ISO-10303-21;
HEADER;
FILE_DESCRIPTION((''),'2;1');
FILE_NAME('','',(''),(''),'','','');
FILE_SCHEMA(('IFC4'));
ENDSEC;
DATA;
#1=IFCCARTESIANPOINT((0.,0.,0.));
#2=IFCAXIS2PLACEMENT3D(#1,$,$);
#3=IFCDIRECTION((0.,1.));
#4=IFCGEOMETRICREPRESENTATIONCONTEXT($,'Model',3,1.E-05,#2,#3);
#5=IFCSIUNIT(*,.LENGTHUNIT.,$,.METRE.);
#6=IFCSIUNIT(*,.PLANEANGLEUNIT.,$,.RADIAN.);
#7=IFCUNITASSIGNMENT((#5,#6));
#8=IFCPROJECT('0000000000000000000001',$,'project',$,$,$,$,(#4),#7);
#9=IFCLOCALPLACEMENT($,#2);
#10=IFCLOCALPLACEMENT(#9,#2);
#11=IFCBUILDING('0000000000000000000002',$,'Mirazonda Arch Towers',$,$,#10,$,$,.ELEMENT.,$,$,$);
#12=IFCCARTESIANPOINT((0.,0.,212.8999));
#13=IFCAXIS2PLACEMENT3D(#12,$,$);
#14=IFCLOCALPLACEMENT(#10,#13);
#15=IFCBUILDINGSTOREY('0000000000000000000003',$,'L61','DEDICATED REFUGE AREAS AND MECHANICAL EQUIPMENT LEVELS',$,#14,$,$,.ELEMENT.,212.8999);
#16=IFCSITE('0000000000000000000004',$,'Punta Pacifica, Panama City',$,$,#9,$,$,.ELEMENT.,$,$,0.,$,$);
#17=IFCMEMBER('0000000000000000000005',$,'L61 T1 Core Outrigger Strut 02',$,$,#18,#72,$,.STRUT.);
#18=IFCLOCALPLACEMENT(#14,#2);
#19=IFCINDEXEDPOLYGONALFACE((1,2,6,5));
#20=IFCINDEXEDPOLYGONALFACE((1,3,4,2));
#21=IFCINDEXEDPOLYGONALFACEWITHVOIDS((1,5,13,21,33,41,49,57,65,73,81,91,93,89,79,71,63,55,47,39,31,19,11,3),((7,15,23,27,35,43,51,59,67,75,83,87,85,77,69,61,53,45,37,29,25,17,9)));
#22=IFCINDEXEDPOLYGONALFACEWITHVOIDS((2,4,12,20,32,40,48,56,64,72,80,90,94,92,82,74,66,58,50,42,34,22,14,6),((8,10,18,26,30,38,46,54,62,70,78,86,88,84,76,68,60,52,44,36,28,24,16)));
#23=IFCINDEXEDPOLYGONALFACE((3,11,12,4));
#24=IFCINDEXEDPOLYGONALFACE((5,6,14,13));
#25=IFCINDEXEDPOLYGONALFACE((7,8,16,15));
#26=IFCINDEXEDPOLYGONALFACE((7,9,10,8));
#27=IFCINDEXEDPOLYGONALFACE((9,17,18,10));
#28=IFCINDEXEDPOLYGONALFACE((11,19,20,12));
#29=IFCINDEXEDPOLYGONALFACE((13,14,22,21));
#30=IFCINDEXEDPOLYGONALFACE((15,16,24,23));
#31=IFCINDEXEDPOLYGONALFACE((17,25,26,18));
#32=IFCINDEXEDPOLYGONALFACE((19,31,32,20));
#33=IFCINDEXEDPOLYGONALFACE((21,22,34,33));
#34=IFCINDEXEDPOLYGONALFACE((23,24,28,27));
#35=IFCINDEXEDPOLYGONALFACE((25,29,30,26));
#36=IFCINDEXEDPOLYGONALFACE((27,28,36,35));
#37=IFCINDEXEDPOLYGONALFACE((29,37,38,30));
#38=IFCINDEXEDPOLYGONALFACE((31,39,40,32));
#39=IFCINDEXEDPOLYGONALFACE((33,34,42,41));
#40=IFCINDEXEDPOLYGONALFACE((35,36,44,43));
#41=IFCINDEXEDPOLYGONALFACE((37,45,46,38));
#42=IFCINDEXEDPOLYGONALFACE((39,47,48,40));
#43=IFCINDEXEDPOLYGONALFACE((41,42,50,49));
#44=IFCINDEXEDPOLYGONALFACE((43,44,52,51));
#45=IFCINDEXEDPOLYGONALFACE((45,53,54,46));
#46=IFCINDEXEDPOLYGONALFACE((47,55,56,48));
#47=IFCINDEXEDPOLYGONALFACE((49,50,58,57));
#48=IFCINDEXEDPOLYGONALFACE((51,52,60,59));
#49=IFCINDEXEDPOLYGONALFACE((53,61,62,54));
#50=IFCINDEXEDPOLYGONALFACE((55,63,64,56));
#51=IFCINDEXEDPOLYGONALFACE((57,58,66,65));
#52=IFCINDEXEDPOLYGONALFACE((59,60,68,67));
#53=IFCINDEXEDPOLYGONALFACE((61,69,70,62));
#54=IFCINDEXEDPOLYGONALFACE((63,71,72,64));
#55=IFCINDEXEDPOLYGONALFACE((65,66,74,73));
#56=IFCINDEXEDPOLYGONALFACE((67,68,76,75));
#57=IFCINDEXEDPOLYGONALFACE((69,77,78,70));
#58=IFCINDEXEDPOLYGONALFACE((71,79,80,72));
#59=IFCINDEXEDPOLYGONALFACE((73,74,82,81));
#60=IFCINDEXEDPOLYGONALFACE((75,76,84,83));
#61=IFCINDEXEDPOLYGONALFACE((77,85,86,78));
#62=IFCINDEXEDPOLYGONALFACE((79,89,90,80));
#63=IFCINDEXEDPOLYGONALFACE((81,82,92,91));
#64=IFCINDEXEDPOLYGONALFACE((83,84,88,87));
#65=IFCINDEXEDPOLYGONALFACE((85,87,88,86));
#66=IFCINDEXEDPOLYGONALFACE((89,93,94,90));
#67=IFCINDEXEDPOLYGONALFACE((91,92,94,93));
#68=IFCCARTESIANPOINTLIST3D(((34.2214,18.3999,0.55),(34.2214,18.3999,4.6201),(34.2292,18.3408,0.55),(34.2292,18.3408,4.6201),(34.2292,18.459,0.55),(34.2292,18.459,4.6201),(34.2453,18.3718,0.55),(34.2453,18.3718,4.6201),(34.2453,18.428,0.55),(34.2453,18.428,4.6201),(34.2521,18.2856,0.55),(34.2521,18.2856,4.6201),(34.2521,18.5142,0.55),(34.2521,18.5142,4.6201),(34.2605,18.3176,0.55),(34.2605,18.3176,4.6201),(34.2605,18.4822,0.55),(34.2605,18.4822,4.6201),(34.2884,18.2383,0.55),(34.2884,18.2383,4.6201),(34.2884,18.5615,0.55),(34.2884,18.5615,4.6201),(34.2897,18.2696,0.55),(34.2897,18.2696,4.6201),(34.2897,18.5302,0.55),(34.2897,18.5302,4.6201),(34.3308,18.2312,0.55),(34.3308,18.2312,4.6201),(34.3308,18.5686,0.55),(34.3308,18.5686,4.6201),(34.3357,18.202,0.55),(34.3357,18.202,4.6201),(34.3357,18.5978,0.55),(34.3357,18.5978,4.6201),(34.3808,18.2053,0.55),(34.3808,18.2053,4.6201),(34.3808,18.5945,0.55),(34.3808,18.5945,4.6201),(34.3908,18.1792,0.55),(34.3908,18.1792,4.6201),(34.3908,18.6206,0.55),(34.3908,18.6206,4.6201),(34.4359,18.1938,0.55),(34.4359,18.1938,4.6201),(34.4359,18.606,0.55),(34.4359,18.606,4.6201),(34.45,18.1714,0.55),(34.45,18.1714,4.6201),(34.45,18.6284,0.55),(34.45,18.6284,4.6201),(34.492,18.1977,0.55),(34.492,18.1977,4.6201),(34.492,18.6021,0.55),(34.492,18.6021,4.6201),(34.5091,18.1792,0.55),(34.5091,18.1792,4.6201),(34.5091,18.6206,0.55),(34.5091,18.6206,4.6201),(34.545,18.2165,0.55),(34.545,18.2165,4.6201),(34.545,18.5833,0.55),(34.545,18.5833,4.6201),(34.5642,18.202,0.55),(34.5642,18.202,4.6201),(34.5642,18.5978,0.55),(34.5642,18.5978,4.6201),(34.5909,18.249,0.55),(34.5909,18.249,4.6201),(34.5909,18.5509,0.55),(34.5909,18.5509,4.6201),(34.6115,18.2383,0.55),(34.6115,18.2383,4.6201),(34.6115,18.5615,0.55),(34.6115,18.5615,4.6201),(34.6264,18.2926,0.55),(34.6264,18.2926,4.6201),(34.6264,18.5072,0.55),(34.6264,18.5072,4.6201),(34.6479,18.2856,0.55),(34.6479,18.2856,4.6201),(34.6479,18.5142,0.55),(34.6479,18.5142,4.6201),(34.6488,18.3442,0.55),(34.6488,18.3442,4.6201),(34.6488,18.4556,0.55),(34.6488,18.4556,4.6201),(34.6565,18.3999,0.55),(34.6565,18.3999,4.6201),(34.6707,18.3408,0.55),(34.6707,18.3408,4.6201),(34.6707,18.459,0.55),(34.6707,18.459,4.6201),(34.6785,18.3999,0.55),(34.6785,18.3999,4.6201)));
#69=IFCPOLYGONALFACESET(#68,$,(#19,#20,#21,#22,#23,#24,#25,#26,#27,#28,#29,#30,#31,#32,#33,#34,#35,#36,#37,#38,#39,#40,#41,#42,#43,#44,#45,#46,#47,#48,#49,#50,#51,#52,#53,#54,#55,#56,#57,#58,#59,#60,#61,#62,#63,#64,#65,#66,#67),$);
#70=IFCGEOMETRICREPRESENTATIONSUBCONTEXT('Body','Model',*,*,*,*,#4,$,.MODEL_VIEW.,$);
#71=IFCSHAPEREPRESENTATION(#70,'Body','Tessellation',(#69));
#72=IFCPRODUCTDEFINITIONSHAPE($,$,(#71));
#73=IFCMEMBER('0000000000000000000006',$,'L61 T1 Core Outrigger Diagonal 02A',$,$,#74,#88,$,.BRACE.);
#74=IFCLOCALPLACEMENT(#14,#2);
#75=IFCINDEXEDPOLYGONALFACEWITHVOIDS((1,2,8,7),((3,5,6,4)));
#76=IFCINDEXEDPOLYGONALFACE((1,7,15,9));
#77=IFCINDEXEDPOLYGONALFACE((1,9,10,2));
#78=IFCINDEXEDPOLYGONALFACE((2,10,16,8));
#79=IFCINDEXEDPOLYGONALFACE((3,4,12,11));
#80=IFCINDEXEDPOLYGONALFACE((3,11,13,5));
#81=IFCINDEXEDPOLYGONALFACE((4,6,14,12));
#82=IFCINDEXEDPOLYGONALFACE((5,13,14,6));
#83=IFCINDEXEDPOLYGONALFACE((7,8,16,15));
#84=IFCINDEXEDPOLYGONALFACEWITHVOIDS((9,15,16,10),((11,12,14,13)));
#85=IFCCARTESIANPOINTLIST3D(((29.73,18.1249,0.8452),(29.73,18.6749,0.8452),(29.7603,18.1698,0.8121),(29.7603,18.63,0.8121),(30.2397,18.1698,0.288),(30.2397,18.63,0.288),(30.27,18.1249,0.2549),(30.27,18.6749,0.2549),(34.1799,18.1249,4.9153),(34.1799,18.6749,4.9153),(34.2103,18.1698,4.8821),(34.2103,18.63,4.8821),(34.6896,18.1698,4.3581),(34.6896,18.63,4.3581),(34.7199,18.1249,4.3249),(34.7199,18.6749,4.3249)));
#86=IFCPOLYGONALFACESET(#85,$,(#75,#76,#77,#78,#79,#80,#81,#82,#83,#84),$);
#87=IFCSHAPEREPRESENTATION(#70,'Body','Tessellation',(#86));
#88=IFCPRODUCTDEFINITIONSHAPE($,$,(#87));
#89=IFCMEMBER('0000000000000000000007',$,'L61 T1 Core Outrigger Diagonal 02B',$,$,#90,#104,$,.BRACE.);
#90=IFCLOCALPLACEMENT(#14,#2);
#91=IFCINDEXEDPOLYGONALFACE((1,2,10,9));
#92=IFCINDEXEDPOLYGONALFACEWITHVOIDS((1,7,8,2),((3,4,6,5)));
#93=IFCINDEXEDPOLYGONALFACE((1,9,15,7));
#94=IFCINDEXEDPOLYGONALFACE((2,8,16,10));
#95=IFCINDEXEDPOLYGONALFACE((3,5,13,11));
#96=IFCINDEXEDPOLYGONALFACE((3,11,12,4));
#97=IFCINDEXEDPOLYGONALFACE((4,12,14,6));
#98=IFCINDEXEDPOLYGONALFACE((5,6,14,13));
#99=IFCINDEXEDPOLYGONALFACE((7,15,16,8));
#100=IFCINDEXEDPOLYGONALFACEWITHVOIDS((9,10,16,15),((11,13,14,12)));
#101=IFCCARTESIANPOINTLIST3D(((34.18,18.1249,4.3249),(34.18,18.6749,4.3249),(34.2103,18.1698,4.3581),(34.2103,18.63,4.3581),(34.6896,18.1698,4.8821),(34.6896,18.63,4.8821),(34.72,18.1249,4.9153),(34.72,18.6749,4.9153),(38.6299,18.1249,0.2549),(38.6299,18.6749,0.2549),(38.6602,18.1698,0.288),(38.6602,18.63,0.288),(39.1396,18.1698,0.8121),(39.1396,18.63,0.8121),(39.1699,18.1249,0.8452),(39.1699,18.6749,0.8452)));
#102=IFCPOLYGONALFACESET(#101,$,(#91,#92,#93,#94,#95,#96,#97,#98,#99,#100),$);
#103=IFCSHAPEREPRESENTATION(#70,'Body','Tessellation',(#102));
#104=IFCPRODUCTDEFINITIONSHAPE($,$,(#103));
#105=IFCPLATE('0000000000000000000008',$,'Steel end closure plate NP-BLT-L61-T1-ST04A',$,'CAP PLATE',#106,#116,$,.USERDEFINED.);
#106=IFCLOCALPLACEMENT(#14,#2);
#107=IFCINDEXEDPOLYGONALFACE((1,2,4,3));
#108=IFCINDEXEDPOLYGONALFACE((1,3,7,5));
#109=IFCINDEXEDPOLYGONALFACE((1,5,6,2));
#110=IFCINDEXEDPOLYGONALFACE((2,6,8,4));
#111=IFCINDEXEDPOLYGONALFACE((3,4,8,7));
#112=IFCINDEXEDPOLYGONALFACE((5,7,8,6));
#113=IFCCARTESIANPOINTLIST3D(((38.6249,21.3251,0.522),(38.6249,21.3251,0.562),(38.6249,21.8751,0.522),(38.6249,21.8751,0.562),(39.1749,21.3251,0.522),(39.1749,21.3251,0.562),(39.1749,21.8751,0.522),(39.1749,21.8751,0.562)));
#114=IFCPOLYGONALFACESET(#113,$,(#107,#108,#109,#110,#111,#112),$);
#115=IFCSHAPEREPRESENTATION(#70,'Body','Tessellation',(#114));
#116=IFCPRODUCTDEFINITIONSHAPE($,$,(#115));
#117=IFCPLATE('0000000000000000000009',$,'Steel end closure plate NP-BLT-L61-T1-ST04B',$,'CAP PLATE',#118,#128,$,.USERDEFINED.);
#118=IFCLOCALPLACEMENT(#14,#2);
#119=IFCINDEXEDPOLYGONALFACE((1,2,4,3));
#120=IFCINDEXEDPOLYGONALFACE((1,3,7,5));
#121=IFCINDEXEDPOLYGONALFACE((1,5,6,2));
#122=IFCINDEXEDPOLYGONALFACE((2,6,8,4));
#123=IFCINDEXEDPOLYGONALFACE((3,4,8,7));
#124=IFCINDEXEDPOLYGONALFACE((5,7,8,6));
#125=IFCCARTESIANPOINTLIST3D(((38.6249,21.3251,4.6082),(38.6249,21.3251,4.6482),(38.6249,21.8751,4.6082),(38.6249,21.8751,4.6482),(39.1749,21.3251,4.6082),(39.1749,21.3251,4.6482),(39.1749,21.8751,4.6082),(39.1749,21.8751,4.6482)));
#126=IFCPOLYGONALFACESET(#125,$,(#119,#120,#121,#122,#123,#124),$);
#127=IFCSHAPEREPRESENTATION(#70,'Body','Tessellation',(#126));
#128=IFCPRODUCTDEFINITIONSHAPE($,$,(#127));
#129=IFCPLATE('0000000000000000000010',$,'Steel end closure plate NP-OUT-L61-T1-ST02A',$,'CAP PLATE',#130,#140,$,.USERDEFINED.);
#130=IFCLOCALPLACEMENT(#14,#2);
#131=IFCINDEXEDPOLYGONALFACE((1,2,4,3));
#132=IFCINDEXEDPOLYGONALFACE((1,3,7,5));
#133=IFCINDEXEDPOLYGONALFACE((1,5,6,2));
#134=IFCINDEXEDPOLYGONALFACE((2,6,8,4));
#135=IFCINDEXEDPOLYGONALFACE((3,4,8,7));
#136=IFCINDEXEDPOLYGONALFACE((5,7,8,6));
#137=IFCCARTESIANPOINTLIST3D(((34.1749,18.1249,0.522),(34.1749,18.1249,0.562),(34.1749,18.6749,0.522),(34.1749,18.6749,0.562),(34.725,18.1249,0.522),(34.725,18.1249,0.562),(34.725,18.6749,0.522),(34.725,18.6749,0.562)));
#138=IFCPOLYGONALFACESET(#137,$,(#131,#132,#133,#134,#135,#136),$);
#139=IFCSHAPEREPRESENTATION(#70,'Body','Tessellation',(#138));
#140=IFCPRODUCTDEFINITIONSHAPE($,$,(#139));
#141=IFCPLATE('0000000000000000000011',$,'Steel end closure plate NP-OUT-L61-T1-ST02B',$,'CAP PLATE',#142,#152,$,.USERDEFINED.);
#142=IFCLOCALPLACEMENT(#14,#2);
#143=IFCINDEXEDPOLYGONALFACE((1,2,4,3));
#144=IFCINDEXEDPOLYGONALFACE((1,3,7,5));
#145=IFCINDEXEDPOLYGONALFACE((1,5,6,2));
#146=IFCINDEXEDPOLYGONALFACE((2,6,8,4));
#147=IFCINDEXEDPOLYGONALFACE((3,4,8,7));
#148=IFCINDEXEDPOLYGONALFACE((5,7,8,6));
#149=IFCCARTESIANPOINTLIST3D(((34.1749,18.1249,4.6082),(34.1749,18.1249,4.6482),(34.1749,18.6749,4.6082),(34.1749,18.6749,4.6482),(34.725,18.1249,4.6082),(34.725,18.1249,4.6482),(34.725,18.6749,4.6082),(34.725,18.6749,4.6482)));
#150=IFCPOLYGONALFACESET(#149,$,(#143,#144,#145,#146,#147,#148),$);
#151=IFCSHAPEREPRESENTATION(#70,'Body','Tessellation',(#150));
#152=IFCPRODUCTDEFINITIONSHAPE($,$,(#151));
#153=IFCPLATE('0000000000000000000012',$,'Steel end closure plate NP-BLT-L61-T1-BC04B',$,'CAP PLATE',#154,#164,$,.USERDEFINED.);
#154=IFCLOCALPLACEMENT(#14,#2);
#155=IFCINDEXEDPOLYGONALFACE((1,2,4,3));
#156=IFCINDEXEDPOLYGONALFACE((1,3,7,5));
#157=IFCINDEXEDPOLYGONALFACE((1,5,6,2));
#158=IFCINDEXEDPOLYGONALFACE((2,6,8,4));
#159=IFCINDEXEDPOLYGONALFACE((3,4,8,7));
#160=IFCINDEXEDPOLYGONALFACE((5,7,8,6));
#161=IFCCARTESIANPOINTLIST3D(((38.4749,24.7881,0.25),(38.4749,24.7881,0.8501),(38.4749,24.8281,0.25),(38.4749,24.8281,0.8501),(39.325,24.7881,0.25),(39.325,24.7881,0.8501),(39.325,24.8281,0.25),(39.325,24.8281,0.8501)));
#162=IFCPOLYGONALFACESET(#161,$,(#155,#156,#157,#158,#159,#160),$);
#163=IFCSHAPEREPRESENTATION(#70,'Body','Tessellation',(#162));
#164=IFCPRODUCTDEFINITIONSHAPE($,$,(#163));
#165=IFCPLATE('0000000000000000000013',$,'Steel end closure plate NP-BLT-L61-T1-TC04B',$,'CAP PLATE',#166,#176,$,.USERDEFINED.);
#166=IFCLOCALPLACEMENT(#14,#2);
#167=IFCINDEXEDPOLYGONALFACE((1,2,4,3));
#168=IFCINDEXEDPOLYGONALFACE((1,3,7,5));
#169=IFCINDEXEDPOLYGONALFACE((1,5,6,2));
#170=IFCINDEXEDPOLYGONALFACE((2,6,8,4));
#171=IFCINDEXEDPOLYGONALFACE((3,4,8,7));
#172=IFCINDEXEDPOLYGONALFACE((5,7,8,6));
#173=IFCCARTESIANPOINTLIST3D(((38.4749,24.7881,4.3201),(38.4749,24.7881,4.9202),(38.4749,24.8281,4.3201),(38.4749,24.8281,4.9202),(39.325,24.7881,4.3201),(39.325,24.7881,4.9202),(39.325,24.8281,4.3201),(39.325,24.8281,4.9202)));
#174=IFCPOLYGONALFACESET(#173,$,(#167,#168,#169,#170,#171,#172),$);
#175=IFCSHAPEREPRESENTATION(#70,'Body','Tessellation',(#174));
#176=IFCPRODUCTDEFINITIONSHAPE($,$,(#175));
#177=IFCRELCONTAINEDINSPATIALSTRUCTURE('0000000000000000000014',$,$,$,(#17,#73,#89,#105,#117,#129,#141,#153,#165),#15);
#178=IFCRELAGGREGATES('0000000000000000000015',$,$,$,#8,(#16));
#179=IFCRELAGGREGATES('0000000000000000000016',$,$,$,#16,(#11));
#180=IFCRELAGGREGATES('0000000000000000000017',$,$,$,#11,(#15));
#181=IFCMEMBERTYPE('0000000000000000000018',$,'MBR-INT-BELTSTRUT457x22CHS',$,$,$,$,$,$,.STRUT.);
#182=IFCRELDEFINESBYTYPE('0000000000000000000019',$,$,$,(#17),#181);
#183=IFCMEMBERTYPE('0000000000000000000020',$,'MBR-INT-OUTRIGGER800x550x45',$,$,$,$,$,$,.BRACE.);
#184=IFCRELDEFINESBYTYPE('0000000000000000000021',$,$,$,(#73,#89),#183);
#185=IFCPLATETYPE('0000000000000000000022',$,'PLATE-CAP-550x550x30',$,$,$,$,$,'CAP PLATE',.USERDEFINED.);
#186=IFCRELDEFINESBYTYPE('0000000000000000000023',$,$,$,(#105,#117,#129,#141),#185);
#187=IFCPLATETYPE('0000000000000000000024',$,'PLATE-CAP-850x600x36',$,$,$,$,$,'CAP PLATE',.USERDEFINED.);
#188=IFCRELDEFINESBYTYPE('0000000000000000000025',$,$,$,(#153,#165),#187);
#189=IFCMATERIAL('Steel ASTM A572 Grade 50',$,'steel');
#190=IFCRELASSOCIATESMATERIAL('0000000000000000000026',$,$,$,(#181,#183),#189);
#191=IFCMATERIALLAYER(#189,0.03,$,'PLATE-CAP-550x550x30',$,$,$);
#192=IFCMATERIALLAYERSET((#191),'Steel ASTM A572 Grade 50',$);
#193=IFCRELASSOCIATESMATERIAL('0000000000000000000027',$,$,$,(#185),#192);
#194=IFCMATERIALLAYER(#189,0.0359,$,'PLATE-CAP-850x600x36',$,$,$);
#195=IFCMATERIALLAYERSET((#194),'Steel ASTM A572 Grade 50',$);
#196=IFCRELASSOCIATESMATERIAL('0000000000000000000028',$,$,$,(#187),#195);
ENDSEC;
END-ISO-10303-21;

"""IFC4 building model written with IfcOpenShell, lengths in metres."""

from ifc_helpers import new_model, si_unit, direction, frame, origin, origin_2d, place, context, subcontext, project, spatial, rectangle, hollow_rectangle, hollow_circle, extrude, material, layer, layer_set, material_profile, profile_set, type_object, element, save


model = new_model("IFC4")

# Units and contexts
model_context = context("Model", 3, precision=1e-05, world=origin(), true_north=direction((0.0, 1.0)))
body_context = subcontext(model_context, "Body", "Model", "MODEL_VIEW")
ifc_project = project(units=[si_unit("LENGTHUNIT", "METRE"), si_unit("PLANEANGLEUNIT", "RADIAN")], contexts=[model_context])

# Site, building, storey
site_placement = place(None, origin())
site = spatial("IfcSite", under=ifc_project, at=site_placement, Name="Punta Pacifica, Panama City", CompositionType="ELEMENT", RefElevation=0.0)
building_placement = place(site_placement, origin())
building = spatial("IfcBuilding", under=site, at=building_placement, Name="Mirazonda Arch Towers", CompositionType="ELEMENT")
storey_placement = place(building_placement, frame((0.0, 0.0, 212.8999)))
storey = spatial("IfcBuildingStorey", under=building, at=storey_placement, Name="L61", Description="DEDICATED REFUGE AREAS AND MECHANICAL EQUIPMENT LEVELS", CompositionType="ELEMENT", Elevation=212.8999)

# Shared definitions
ifc_material_1 = material(Name="Steel ASTM A572 Grade 50", Category="steel")

# Members
ifc_material_profile_1 = material_profile(ifc_material_1, hollow_circle(Radius=0.2285, WallThickness=0.022, at=origin_2d()), Name="BELTSTRUT457x22CHS")
ifc_profile_set_1 = profile_set([ifc_material_profile_1], Name="Steel ASTM A572 Grade 50")
member_type_1 = type_object("IfcMemberType", Name="MBR-INT-BELTSTRUT457x22CHS", PredefinedType="STRUT", material=ifc_profile_set_1)
member_1_placement = place(storey_placement, frame((34.45, 18.3999, 0.55), z_axis=(0.0, 0.0, 1.0), x_axis=(1.0, 0.0, 0.0)))
element("IfcMember", 1, at=member_1_placement, inside=storey, type_object=member_type_1, Name="L61 T1 Core Outrigger Strut 02", PredefinedType="STRUT", context=body_context, shape_type="SweptSolid", body=[
    extrude(hollow_circle(Radius=0.2285, WallThickness=0.022, at=origin_2d()), origin(), (0.0, 0.0, 1.0), 4.0701),
])
ifc_material_profile_2 = material_profile(ifc_material_1, hollow_rectangle(XDim=0.55, YDim=0.8, WallThickness=0.0449, at=origin_2d()), Name="OUTRIGGER800x550x45")
ifc_profile_set_2 = profile_set([ifc_material_profile_2], Name="Steel ASTM A572 Grade 50")
member_type_2 = type_object("IfcMemberType", Name="MBR-INT-OUTRIGGER800x550x45", PredefinedType="BRACE", material=ifc_profile_set_2)
for number, where, z_axis, x_axis, name in (
    (2, (30.0, 18.3999, 0.55), (0.737901, 0.0, 0.674908), (0.0, 1.0, 0.0), "L61 T1 Core Outrigger Diagonal 02A"),
    (3, (38.8999, 18.3999, 0.55), (-0.737901, 0.0, 0.674908), (0.0, -1.0, 0.0), "L61 T1 Core Outrigger Diagonal 02B"),
):
    element("IfcMember", number, at=place(storey_placement, frame(where, z_axis=z_axis, x_axis=x_axis)), inside=storey, type_object=member_type_2, Name=name, PredefinedType="BRACE", context=body_context, shape_type="SweptSolid", body=[
        extrude(hollow_rectangle(XDim=0.55, YDim=0.8, WallThickness=0.0449, at=origin_2d()), origin(), (0.0, 0.0, 1.0), 6.0305),
    ])

# Plates
ifc_layer_1 = layer(ifc_material_1, 0.03, Name="PLATE-CAP-550x550x30")
ifc_layer_set_1 = layer_set([ifc_layer_1], Name="Steel ASTM A572 Grade 50")
plate_type_1 = type_object("IfcPlateType", Name="PLATE-CAP-550x550x30", ElementType="CAP PLATE", PredefinedType="USERDEFINED", material=ifc_layer_set_1)
for number, where, z_axis, x_axis, name in (
    (4, (38.8999, 21.6001, 0.522), (0.0, 0.0, 1.0), (1.0, 0.0, 0.0), "Steel end closure plate NP-BLT-L61-T1-ST04A"),
    (5, (38.8999, 21.6001, 4.6082), (0.0, 0.0, 1.0), (1.0, 0.0, 0.0), "Steel end closure plate NP-BLT-L61-T1-ST04B"),
    (6, (34.45, 18.3999, 0.522), (0.0, 0.0, 1.0), (1.0, 0.0, 0.0), "Steel end closure plate NP-OUT-L61-T1-ST02A"),
    (7, (34.45, 18.3999, 4.6082), (0.0, 0.0, 1.0), (1.0, 0.0, 0.0), "Steel end closure plate NP-OUT-L61-T1-ST02B"),
):
    element("IfcPlate", number, at=place(storey_placement, frame(where, z_axis=z_axis, x_axis=x_axis)), inside=storey, type_object=plate_type_1, Name=name, ObjectType="CAP PLATE", PredefinedType="USERDEFINED", context=body_context, shape_type="SweptSolid", body=[
        extrude(rectangle(XDim=0.55, YDim=0.55, at=origin_2d()), origin(), (0.0, 0.0, 1.0), 0.04),
    ])
ifc_layer_2 = layer(ifc_material_1, 0.0359, Name="PLATE-CAP-850x600x36")
ifc_layer_set_2 = layer_set([ifc_layer_2], Name="Steel ASTM A572 Grade 50")
plate_type_2 = type_object("IfcPlateType", Name="PLATE-CAP-850x600x36", ElementType="CAP PLATE", PredefinedType="USERDEFINED", material=ifc_layer_set_2)
for number, where, z_axis, x_axis, name in (
    (8, (38.8999, 24.8081, 0.25), (0.0, 0.0, 1.0), (0.0, 1.0, 0.0), "Steel end closure plate NP-BLT-L61-T1-BC04B"),
    (9, (38.8999, 24.8081, 4.3201), (0.0, 0.0, 1.0), (0.0, 1.0, 0.0), "Steel end closure plate NP-BLT-L61-T1-TC04B"),
):
    element("IfcPlate", number, at=place(storey_placement, frame(where, z_axis=z_axis, x_axis=x_axis)), inside=storey, type_object=plate_type_2, Name=name, ObjectType="CAP PLATE", PredefinedType="USERDEFINED", context=body_context, shape_type="SweptSolid", body=[
        extrude(rectangle(XDim=0.04, YDim=0.8501, at=origin_2d()), origin(), (0.0, 0.0, 1.0), 0.6001),
    ])

save(model, "model.ifc")
